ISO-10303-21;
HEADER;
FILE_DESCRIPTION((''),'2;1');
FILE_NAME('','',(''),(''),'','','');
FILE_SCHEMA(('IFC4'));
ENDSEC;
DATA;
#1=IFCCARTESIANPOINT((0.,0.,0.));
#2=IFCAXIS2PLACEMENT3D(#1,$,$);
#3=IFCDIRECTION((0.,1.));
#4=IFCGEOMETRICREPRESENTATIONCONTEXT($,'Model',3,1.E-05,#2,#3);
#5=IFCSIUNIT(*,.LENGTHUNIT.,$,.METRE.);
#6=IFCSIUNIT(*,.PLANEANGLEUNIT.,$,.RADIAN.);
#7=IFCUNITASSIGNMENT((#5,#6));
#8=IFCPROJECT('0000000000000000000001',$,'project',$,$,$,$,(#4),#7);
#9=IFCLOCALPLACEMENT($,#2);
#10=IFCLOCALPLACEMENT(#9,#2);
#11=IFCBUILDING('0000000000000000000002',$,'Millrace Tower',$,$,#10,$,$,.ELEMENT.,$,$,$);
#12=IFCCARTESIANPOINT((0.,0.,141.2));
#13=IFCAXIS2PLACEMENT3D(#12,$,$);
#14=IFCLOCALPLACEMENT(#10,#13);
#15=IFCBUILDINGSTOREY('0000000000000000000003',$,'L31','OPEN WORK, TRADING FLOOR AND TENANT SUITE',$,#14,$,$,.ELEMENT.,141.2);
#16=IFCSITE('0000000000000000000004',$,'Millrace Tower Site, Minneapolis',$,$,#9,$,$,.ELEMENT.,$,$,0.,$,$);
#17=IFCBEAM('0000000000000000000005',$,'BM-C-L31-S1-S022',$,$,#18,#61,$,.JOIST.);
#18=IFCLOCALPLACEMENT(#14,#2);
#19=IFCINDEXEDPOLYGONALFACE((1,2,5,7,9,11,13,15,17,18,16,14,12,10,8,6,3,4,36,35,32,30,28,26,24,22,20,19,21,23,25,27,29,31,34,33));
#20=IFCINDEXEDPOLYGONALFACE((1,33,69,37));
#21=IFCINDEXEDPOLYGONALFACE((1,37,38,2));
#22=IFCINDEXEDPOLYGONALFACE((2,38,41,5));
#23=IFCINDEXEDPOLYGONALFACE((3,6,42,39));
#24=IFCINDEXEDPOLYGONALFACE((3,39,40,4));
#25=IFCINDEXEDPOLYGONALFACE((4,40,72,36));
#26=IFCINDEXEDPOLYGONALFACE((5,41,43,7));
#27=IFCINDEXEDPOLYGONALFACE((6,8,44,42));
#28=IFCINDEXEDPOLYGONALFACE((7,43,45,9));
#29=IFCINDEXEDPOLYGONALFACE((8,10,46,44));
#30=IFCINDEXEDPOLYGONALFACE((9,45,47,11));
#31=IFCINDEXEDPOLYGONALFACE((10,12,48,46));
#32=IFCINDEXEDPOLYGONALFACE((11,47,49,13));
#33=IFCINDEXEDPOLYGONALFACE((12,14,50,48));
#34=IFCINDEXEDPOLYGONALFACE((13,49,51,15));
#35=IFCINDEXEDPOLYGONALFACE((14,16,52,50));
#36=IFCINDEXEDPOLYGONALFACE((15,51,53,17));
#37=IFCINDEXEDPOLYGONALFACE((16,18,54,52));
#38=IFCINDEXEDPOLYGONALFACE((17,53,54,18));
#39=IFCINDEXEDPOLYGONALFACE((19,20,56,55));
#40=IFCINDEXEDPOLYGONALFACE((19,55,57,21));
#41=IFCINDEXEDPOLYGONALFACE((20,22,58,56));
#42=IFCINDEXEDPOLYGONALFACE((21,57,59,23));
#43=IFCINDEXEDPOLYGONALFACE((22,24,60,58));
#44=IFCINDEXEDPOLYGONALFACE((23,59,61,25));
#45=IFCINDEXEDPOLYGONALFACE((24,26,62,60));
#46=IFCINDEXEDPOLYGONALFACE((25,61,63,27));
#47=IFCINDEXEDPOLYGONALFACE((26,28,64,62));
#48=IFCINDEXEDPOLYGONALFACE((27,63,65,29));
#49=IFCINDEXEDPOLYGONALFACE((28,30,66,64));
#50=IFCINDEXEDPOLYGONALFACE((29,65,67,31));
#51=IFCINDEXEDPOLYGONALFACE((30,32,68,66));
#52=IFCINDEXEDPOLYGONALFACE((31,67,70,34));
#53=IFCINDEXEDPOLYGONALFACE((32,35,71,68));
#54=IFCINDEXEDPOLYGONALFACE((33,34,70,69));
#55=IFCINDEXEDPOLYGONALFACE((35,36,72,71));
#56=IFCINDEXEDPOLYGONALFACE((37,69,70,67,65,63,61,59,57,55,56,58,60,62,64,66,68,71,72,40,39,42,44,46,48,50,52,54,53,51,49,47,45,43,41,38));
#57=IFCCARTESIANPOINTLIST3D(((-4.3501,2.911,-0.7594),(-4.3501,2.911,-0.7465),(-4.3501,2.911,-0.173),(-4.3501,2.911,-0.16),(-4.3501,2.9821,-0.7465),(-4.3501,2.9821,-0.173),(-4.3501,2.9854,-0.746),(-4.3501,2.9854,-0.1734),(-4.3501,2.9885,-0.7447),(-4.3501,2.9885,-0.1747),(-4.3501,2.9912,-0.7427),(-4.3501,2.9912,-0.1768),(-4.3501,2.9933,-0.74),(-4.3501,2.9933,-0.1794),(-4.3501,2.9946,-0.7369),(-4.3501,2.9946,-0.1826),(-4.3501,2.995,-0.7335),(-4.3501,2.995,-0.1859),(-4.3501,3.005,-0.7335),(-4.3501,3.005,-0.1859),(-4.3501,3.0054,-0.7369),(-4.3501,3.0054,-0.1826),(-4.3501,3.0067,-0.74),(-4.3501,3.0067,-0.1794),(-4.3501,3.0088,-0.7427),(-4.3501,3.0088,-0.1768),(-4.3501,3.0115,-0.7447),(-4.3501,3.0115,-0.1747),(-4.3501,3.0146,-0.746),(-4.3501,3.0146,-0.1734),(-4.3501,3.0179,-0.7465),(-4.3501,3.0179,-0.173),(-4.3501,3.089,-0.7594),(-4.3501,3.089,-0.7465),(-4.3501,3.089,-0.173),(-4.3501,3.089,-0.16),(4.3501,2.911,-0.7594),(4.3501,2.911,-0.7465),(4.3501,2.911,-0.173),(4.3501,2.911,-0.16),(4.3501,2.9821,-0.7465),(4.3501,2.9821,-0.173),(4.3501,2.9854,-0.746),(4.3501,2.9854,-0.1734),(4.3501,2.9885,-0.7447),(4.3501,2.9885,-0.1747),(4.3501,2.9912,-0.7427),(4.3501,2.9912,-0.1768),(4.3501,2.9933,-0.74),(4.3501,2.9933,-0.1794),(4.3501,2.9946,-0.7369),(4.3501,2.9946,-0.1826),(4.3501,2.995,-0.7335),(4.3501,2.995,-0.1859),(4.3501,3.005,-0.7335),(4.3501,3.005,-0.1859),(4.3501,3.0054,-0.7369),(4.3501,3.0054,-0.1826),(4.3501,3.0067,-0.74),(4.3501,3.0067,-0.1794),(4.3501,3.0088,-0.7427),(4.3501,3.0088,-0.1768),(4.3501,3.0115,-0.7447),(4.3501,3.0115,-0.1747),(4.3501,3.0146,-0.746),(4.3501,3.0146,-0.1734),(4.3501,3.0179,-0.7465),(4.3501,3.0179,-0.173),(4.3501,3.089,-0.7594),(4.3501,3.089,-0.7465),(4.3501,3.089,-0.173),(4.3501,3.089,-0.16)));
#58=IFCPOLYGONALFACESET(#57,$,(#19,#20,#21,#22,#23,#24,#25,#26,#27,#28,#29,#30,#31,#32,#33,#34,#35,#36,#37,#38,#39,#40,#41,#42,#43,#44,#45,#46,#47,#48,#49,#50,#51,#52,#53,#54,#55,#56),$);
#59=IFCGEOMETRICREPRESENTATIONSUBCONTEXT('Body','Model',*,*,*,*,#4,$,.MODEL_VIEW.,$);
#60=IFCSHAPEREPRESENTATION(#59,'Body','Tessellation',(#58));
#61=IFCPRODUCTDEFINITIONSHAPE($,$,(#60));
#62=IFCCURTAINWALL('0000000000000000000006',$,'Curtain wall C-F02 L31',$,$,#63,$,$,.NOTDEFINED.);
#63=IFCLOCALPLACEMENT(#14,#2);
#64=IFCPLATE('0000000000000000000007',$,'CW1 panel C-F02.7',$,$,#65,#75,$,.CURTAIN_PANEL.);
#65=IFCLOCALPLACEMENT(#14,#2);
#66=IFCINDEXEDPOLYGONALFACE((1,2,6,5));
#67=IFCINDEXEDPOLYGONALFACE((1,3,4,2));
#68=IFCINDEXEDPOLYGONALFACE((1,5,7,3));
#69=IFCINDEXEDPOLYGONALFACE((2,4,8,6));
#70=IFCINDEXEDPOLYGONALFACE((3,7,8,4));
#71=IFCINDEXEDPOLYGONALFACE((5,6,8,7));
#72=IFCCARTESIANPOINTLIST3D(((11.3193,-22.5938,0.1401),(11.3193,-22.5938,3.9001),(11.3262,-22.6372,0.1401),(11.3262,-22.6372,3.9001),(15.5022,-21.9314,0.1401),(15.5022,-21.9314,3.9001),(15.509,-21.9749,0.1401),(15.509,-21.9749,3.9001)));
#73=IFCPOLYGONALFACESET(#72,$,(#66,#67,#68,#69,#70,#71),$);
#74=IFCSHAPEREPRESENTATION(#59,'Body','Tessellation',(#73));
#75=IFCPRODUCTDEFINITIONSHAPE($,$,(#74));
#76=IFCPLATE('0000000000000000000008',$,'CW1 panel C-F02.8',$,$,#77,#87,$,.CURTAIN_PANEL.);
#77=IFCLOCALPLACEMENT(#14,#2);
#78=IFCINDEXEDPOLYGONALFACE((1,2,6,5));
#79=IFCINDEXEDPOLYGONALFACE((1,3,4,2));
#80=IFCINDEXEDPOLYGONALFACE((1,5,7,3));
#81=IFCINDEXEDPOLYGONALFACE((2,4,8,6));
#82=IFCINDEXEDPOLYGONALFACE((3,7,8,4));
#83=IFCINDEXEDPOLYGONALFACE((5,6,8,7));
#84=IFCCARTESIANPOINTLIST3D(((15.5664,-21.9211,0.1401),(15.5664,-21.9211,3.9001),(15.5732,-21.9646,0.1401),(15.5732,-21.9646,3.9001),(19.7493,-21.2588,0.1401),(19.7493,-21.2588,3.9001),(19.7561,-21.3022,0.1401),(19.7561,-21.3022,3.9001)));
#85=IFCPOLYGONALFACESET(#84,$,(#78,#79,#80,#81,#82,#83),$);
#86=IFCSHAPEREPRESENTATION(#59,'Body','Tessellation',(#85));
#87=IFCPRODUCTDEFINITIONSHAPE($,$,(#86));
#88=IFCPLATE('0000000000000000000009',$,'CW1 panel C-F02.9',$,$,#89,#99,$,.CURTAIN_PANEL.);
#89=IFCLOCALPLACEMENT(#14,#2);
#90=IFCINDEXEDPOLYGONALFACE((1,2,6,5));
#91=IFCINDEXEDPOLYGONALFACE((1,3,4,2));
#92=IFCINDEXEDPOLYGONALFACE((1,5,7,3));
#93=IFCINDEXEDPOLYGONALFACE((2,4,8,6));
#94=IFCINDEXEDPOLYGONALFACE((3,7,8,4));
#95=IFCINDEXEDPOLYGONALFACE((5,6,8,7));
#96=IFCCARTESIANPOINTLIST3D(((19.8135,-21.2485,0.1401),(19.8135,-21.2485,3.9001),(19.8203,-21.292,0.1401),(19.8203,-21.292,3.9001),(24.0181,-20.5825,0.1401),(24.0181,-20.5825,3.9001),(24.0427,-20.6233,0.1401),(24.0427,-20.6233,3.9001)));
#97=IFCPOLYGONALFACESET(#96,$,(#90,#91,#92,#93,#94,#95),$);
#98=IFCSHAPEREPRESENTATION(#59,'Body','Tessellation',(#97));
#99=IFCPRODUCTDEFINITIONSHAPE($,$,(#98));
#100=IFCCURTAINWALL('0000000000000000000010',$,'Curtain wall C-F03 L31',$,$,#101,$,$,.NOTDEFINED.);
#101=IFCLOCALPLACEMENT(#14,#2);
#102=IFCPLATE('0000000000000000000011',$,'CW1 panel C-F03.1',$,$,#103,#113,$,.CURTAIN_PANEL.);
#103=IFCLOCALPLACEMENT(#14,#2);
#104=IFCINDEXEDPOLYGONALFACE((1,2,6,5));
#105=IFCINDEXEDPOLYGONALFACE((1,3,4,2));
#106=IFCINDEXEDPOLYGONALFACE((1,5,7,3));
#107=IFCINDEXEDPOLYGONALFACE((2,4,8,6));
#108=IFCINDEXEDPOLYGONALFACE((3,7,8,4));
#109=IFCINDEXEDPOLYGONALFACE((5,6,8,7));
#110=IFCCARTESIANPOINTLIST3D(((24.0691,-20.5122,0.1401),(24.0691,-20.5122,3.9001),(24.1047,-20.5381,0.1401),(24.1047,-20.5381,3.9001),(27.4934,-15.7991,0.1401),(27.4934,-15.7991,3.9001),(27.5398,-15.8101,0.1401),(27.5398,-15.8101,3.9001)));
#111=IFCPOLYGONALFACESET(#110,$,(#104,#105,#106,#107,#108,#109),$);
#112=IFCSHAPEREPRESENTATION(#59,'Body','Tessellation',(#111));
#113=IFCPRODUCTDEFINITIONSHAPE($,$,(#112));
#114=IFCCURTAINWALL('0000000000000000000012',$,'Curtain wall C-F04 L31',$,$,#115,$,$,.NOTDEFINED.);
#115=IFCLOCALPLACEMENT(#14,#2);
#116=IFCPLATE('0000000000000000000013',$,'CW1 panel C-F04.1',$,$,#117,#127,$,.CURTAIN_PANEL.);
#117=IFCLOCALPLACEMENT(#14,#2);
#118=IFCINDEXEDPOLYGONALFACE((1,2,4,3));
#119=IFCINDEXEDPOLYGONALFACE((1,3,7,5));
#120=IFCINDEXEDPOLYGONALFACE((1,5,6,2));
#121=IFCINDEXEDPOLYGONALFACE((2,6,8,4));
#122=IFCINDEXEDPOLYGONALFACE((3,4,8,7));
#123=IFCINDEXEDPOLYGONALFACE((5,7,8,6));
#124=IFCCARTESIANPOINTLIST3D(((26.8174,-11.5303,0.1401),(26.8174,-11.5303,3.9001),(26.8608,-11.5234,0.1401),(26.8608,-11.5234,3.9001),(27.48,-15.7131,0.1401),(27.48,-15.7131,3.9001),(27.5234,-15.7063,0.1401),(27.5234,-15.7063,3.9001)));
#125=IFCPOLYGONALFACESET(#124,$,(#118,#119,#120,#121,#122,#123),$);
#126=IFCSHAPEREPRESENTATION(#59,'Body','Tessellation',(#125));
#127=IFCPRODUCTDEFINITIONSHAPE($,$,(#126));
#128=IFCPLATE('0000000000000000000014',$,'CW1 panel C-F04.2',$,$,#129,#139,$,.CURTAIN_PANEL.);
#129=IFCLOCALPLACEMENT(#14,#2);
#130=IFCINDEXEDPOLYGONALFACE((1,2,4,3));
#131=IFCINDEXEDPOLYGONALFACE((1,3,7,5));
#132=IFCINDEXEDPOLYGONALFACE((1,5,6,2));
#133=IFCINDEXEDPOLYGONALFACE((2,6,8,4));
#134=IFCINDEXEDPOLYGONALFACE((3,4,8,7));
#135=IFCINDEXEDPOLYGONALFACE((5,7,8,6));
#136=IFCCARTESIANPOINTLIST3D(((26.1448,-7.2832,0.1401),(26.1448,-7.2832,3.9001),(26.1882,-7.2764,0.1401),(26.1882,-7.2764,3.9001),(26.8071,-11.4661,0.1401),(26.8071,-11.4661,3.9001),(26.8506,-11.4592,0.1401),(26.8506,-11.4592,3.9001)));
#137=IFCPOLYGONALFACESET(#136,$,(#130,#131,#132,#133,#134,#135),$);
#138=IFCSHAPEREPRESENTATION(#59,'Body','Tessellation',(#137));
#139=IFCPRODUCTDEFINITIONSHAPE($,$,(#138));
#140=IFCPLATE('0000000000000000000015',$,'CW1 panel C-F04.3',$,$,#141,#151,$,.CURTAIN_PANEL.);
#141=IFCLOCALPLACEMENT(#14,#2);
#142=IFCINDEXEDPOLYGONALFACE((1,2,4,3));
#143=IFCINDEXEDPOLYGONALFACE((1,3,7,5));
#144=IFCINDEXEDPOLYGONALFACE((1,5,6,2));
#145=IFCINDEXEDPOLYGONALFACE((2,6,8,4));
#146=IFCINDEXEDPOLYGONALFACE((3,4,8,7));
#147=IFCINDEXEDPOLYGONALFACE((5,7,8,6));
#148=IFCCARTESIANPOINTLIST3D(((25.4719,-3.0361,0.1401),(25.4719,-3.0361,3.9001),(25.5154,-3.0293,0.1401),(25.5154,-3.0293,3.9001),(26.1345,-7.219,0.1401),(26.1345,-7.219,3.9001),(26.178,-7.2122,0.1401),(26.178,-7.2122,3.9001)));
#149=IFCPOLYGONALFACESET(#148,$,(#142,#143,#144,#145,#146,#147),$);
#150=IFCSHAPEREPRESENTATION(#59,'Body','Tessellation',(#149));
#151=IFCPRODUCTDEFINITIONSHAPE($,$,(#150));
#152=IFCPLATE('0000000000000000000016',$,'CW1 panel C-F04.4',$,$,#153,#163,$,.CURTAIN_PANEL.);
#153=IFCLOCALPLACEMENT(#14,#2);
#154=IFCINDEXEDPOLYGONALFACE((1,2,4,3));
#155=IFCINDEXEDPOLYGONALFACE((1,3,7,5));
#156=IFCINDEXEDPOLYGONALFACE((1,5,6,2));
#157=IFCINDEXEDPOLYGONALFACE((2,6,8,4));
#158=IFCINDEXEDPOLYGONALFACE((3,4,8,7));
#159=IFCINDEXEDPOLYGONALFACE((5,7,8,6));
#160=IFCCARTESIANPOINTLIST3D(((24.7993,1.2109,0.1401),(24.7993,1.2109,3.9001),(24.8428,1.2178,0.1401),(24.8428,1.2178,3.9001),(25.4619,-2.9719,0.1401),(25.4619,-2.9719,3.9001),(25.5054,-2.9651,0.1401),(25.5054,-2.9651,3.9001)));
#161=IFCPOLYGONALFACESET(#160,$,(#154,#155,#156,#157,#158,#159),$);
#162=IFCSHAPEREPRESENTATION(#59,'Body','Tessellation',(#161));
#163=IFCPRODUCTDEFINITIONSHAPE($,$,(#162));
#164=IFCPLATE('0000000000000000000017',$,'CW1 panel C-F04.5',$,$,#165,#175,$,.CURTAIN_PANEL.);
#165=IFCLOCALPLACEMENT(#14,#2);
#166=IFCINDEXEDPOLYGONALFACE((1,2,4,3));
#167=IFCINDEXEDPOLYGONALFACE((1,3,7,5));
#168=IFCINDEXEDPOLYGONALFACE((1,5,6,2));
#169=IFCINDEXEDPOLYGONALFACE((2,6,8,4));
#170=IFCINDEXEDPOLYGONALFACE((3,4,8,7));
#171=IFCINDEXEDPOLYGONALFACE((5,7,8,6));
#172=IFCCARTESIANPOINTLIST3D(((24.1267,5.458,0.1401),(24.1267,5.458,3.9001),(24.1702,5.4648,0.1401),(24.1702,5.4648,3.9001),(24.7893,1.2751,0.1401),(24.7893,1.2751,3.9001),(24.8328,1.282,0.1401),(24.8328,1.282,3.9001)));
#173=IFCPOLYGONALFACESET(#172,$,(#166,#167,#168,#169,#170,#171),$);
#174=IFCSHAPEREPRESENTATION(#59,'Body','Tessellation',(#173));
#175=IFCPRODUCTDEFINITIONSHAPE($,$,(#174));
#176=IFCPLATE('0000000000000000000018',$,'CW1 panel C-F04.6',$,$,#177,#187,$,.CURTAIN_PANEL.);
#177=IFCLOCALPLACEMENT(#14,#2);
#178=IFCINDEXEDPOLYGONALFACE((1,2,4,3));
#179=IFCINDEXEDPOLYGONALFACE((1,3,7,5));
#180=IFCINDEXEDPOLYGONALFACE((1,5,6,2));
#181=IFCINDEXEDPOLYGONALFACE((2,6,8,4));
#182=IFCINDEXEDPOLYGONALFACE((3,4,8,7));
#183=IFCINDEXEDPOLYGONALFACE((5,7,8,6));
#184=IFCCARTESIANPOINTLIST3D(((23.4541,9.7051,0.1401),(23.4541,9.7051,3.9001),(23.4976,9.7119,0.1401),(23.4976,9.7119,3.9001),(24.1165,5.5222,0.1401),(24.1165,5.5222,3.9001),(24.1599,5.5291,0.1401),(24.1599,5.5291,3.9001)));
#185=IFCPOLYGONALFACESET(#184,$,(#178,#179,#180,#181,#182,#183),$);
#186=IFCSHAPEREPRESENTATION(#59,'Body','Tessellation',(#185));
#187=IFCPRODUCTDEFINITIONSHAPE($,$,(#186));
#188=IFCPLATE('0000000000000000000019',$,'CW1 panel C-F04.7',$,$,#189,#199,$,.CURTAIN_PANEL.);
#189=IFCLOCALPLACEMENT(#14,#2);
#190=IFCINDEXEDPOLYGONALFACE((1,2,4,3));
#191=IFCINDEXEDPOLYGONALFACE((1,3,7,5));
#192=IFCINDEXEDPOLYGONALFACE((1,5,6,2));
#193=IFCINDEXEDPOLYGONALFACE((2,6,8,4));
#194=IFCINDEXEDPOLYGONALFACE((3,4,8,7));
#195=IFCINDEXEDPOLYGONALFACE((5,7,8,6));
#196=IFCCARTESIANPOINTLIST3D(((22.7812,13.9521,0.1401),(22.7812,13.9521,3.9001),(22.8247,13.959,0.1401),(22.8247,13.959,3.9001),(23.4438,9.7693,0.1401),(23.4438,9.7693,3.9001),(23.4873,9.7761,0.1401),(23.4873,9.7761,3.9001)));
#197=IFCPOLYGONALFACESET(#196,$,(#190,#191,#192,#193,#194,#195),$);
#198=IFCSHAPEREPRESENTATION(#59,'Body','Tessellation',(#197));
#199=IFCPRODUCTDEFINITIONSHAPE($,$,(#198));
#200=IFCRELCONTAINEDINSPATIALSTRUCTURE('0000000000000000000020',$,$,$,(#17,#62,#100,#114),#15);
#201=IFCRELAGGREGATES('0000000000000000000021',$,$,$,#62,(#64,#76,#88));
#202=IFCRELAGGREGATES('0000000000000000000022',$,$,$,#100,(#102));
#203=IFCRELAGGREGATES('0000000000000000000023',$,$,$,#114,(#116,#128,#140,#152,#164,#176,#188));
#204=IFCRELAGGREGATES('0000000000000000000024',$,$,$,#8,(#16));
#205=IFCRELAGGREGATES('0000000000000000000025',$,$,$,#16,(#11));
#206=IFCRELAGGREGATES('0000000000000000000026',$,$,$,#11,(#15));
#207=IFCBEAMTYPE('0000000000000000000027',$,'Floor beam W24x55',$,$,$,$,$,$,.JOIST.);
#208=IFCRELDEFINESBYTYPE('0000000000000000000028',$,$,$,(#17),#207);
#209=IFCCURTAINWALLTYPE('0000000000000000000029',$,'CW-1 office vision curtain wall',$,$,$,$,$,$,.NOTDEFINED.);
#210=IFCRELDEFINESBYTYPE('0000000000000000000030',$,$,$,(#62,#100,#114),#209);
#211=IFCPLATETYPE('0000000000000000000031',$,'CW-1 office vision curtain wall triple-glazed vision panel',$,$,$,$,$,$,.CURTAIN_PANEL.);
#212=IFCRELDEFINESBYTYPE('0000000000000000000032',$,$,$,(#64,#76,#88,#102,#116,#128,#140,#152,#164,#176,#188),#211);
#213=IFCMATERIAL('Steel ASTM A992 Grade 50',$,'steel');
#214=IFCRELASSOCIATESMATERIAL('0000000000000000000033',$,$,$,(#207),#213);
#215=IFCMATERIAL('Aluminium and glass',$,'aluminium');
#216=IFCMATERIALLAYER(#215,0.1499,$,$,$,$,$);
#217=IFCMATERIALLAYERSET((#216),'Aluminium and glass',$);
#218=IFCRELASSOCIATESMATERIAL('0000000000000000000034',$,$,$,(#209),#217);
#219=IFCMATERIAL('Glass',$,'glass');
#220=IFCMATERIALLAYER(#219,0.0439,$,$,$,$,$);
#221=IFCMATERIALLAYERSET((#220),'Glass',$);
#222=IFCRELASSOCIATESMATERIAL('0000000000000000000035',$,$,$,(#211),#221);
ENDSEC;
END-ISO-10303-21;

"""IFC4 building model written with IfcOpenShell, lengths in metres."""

from ifc_helpers import new_model, si_unit, direction, frame, origin, origin_2d, place, context, subcontext, project, spatial, polyline, i_section, outline, extrude, material, layer, layer_set, material_profile, profile_set, type_object, element, aggregate, save


model = new_model("IFC4")

# Units and contexts
model_context = context("Model", 3, precision=1e-05, world=origin(), true_north=direction((0.0, 1.0)))
body_context = subcontext(model_context, "Body", "Model", "MODEL_VIEW")
ifc_project = project(units=[si_unit("LENGTHUNIT", "METRE"), si_unit("PLANEANGLEUNIT", "RADIAN")], contexts=[model_context])

# Site, building, storey
site_placement = place(None, origin())
site = spatial("IfcSite", under=ifc_project, at=site_placement, Name="Millrace Tower Site, Minneapolis", CompositionType="ELEMENT", RefElevation=0.0)
building_placement = place(site_placement, origin())
building = spatial("IfcBuilding", under=site, at=building_placement, Name="Millrace Tower", CompositionType="ELEMENT")
storey_placement = place(building_placement, frame((0.0, 0.0, 141.2)))
storey = spatial("IfcBuildingStorey", under=building, at=storey_placement, Name="L31", Description="OPEN WORK, TRADING FLOOR AND TENANT SUITE", CompositionType="ELEMENT", Elevation=141.2)

# Beam
ifc_material_1 = material(Name="Steel ASTM A992 Grade 50", Category="steel")
ifc_material_profile = material_profile(ifc_material_1, i_section(OverallWidth=0.178, OverallDepth=0.5994, WebThickness=0.01, FlangeThickness=0.0129, FilletRadius=0.0129, at=origin_2d()))
ifc_profile_set = profile_set([ifc_material_profile], Name="Steel ASTM A992 Grade 50")
beam_type = type_object("IfcBeamType", Name="Floor beam W24x55", PredefinedType="JOIST", material=ifc_profile_set)
beam_placement = place(storey_placement, frame((-4.3501, 3.0, -0.4597), z_axis=(1.0, 0.0, 0.0), x_axis=(0.0, 1.0, 0.0)))
element("IfcBeam", 1, at=beam_placement, inside=storey, type_object=beam_type, Name="BM-C-L31-S1-S022", PredefinedType="JOIST", context=body_context, shape_type="SweptSolid", body=[
    extrude(i_section(OverallWidth=0.178, OverallDepth=0.5994, WebThickness=0.01, FlangeThickness=0.0129, FilletRadius=0.0129, at=origin_2d()), origin(), (0.0, 0.0, 1.0), 8.7002),
])

# Curtain wall, plates
ifc_material_2 = material(Name="Aluminium and glass", Category="aluminium")
ifc_layer_1 = layer(ifc_material_2, 0.1499)
ifc_layer_set_1 = layer_set([ifc_layer_1], Name="Aluminium and glass")
curtain_wall_type = type_object("IfcCurtainWallType", Name="CW-1 office vision curtain wall", PredefinedType="NOTDEFINED", material=ifc_layer_set_1)
placement_1 = place(storey_placement, origin())
curtain_wall_1 = element("IfcCurtainWall", 2, at=placement_1, inside=storey, type_object=curtain_wall_type, Name="Curtain wall C-F02 L31", PredefinedType="NOTDEFINED")
ifc_material_3 = material(Name="Glass", Category="glass")
ifc_layer_2 = layer(ifc_material_3, 0.0439)
ifc_layer_set_2 = layer_set([ifc_layer_2], Name="Glass")
plate_type = type_object("IfcPlateType", Name="CW-1 office vision curtain wall triple-glazed vision panel", PredefinedType="CURTAIN_PANEL", material=ifc_layer_set_2)
placement_2 = place(storey_placement, frame((0.0, 0.0, 0.1401)))
plate_1 = element("IfcPlate", 3, at=placement_2, type_object=plate_type, Name="CW1 panel C-F02.7", PredefinedType="CURTAIN_PANEL", context=body_context, shape_type="SweptSolid", body=[
    extrude(outline(polyline([(11.3262, -22.6372), (15.509, -21.9749), (15.5022, -21.9314), (11.3193, -22.5938), (11.3262, -22.6372)])), origin(), (0.0, 0.0, 1.0), 3.76),
])
plate_2 = element("IfcPlate", 4, at=placement_2, type_object=plate_type, Name="CW1 panel C-F02.8", PredefinedType="CURTAIN_PANEL", context=body_context, shape_type="SweptSolid", body=[
    extrude(outline(polyline([(15.5732, -21.9646), (19.7561, -21.3022), (19.7493, -21.2588), (15.5664, -21.9211), (15.5732, -21.9646)])), origin(), (0.0, 0.0, 1.0), 3.76),
])
plate_3 = element("IfcPlate", 5, at=placement_2, type_object=plate_type, Name="CW1 panel C-F02.9", PredefinedType="CURTAIN_PANEL", context=body_context, shape_type="SweptSolid", body=[
    extrude(outline(polyline([(19.8203, -21.292), (24.0427, -20.6233), (24.0181, -20.5825), (19.8135, -21.2485), (19.8203, -21.292)])), origin(), (0.0, 0.0, 1.0), 3.76),
])
aggregate(curtain_wall_1, [plate_1, plate_2, plate_3])

# Curtain wall, plate
curtain_wall_2 = element("IfcCurtainWall", 6, at=placement_1, inside=storey, type_object=curtain_wall_type, Name="Curtain wall C-F03 L31", PredefinedType="NOTDEFINED")
plate_4 = element("IfcPlate", 7, at=placement_2, type_object=plate_type, Name="CW1 panel C-F03.1", PredefinedType="CURTAIN_PANEL", context=body_context, shape_type="SweptSolid", body=[
    extrude(outline(polyline([(24.1047, -20.5381), (27.5398, -15.8101), (27.4934, -15.7991), (24.0691, -20.5122), (24.1047, -20.5381)])), origin(), (0.0, 0.0, 1.0), 3.76),
])
aggregate(curtain_wall_2, [plate_4])

# Curtain wall, plates
curtain_wall_3 = element("IfcCurtainWall", 8, at=placement_1, inside=storey, type_object=curtain_wall_type, Name="Curtain wall C-F04 L31", PredefinedType="NOTDEFINED")
plate_5 = element("IfcPlate", 9, at=placement_2, type_object=plate_type, Name="CW1 panel C-F04.1", PredefinedType="CURTAIN_PANEL", context=body_context, shape_type="SweptSolid", body=[
    extrude(outline(polyline([(27.5234, -15.7063), (26.8608, -11.5234), (26.8174, -11.5303), (27.48, -15.7131), (27.5234, -15.7063)])), origin(), (0.0, 0.0, 1.0), 3.76),
])
plate_6 = element("IfcPlate", 10, at=placement_2, type_object=plate_type, Name="CW1 panel C-F04.2", PredefinedType="CURTAIN_PANEL", context=body_context, shape_type="SweptSolid", body=[
    extrude(outline(polyline([(26.8506, -11.4592), (26.1882, -7.2764), (26.1448, -7.2832), (26.8071, -11.4661), (26.8506, -11.4592)])), origin(), (0.0, 0.0, 1.0), 3.76),
])
plate_7 = element("IfcPlate", 11, at=placement_2, type_object=plate_type, Name="CW1 panel C-F04.3", PredefinedType="CURTAIN_PANEL", context=body_context, shape_type="SweptSolid", body=[
    extrude(outline(polyline([(26.178, -7.2122), (25.5154, -3.0293), (25.4719, -3.0361), (26.1345, -7.219), (26.178, -7.2122)])), origin(), (0.0, 0.0, 1.0), 3.76),
])
plate_8 = element("IfcPlate", 12, at=placement_2, type_object=plate_type, Name="CW1 panel C-F04.4", PredefinedType="CURTAIN_PANEL", context=body_context, shape_type="SweptSolid", body=[
    extrude(outline(polyline([(25.5054, -2.9651), (24.8428, 1.2178), (24.7993, 1.2109), (25.4619, -2.9719), (25.5054, -2.9651)])), origin(), (0.0, 0.0, 1.0), 3.76),
])
plate_9 = element("IfcPlate", 13, at=placement_2, type_object=plate_type, Name="CW1 panel C-F04.5", PredefinedType="CURTAIN_PANEL", context=body_context, shape_type="SweptSolid", body=[
    extrude(outline(polyline([(24.8328, 1.282), (24.1702, 5.4648), (24.1267, 5.458), (24.7893, 1.2751), (24.8328, 1.282)])), origin(), (0.0, 0.0, 1.0), 3.76),
])
plate_10 = element("IfcPlate", 14, at=placement_2, type_object=plate_type, Name="CW1 panel C-F04.6", PredefinedType="CURTAIN_PANEL", context=body_context, shape_type="SweptSolid", body=[
    extrude(outline(polyline([(24.1599, 5.5291), (23.4976, 9.7119), (23.4541, 9.7051), (24.1165, 5.5222), (24.1599, 5.5291)])), origin(), (0.0, 0.0, 1.0), 3.76),
])
plate_11 = element("IfcPlate", 15, at=placement_2, type_object=plate_type, Name="CW1 panel C-F04.7", PredefinedType="CURTAIN_PANEL", context=body_context, shape_type="SweptSolid", body=[
    extrude(outline(polyline([(23.4873, 9.7761), (22.8247, 13.959), (22.7812, 13.9521), (23.4438, 9.7693), (23.4873, 9.7761)])), origin(), (0.0, 0.0, 1.0), 3.76),
])
aggregate(curtain_wall_3, [plate_5, plate_6, plate_7, plate_8, plate_9, plate_10, plate_11])

save(model, "model.ifc")
